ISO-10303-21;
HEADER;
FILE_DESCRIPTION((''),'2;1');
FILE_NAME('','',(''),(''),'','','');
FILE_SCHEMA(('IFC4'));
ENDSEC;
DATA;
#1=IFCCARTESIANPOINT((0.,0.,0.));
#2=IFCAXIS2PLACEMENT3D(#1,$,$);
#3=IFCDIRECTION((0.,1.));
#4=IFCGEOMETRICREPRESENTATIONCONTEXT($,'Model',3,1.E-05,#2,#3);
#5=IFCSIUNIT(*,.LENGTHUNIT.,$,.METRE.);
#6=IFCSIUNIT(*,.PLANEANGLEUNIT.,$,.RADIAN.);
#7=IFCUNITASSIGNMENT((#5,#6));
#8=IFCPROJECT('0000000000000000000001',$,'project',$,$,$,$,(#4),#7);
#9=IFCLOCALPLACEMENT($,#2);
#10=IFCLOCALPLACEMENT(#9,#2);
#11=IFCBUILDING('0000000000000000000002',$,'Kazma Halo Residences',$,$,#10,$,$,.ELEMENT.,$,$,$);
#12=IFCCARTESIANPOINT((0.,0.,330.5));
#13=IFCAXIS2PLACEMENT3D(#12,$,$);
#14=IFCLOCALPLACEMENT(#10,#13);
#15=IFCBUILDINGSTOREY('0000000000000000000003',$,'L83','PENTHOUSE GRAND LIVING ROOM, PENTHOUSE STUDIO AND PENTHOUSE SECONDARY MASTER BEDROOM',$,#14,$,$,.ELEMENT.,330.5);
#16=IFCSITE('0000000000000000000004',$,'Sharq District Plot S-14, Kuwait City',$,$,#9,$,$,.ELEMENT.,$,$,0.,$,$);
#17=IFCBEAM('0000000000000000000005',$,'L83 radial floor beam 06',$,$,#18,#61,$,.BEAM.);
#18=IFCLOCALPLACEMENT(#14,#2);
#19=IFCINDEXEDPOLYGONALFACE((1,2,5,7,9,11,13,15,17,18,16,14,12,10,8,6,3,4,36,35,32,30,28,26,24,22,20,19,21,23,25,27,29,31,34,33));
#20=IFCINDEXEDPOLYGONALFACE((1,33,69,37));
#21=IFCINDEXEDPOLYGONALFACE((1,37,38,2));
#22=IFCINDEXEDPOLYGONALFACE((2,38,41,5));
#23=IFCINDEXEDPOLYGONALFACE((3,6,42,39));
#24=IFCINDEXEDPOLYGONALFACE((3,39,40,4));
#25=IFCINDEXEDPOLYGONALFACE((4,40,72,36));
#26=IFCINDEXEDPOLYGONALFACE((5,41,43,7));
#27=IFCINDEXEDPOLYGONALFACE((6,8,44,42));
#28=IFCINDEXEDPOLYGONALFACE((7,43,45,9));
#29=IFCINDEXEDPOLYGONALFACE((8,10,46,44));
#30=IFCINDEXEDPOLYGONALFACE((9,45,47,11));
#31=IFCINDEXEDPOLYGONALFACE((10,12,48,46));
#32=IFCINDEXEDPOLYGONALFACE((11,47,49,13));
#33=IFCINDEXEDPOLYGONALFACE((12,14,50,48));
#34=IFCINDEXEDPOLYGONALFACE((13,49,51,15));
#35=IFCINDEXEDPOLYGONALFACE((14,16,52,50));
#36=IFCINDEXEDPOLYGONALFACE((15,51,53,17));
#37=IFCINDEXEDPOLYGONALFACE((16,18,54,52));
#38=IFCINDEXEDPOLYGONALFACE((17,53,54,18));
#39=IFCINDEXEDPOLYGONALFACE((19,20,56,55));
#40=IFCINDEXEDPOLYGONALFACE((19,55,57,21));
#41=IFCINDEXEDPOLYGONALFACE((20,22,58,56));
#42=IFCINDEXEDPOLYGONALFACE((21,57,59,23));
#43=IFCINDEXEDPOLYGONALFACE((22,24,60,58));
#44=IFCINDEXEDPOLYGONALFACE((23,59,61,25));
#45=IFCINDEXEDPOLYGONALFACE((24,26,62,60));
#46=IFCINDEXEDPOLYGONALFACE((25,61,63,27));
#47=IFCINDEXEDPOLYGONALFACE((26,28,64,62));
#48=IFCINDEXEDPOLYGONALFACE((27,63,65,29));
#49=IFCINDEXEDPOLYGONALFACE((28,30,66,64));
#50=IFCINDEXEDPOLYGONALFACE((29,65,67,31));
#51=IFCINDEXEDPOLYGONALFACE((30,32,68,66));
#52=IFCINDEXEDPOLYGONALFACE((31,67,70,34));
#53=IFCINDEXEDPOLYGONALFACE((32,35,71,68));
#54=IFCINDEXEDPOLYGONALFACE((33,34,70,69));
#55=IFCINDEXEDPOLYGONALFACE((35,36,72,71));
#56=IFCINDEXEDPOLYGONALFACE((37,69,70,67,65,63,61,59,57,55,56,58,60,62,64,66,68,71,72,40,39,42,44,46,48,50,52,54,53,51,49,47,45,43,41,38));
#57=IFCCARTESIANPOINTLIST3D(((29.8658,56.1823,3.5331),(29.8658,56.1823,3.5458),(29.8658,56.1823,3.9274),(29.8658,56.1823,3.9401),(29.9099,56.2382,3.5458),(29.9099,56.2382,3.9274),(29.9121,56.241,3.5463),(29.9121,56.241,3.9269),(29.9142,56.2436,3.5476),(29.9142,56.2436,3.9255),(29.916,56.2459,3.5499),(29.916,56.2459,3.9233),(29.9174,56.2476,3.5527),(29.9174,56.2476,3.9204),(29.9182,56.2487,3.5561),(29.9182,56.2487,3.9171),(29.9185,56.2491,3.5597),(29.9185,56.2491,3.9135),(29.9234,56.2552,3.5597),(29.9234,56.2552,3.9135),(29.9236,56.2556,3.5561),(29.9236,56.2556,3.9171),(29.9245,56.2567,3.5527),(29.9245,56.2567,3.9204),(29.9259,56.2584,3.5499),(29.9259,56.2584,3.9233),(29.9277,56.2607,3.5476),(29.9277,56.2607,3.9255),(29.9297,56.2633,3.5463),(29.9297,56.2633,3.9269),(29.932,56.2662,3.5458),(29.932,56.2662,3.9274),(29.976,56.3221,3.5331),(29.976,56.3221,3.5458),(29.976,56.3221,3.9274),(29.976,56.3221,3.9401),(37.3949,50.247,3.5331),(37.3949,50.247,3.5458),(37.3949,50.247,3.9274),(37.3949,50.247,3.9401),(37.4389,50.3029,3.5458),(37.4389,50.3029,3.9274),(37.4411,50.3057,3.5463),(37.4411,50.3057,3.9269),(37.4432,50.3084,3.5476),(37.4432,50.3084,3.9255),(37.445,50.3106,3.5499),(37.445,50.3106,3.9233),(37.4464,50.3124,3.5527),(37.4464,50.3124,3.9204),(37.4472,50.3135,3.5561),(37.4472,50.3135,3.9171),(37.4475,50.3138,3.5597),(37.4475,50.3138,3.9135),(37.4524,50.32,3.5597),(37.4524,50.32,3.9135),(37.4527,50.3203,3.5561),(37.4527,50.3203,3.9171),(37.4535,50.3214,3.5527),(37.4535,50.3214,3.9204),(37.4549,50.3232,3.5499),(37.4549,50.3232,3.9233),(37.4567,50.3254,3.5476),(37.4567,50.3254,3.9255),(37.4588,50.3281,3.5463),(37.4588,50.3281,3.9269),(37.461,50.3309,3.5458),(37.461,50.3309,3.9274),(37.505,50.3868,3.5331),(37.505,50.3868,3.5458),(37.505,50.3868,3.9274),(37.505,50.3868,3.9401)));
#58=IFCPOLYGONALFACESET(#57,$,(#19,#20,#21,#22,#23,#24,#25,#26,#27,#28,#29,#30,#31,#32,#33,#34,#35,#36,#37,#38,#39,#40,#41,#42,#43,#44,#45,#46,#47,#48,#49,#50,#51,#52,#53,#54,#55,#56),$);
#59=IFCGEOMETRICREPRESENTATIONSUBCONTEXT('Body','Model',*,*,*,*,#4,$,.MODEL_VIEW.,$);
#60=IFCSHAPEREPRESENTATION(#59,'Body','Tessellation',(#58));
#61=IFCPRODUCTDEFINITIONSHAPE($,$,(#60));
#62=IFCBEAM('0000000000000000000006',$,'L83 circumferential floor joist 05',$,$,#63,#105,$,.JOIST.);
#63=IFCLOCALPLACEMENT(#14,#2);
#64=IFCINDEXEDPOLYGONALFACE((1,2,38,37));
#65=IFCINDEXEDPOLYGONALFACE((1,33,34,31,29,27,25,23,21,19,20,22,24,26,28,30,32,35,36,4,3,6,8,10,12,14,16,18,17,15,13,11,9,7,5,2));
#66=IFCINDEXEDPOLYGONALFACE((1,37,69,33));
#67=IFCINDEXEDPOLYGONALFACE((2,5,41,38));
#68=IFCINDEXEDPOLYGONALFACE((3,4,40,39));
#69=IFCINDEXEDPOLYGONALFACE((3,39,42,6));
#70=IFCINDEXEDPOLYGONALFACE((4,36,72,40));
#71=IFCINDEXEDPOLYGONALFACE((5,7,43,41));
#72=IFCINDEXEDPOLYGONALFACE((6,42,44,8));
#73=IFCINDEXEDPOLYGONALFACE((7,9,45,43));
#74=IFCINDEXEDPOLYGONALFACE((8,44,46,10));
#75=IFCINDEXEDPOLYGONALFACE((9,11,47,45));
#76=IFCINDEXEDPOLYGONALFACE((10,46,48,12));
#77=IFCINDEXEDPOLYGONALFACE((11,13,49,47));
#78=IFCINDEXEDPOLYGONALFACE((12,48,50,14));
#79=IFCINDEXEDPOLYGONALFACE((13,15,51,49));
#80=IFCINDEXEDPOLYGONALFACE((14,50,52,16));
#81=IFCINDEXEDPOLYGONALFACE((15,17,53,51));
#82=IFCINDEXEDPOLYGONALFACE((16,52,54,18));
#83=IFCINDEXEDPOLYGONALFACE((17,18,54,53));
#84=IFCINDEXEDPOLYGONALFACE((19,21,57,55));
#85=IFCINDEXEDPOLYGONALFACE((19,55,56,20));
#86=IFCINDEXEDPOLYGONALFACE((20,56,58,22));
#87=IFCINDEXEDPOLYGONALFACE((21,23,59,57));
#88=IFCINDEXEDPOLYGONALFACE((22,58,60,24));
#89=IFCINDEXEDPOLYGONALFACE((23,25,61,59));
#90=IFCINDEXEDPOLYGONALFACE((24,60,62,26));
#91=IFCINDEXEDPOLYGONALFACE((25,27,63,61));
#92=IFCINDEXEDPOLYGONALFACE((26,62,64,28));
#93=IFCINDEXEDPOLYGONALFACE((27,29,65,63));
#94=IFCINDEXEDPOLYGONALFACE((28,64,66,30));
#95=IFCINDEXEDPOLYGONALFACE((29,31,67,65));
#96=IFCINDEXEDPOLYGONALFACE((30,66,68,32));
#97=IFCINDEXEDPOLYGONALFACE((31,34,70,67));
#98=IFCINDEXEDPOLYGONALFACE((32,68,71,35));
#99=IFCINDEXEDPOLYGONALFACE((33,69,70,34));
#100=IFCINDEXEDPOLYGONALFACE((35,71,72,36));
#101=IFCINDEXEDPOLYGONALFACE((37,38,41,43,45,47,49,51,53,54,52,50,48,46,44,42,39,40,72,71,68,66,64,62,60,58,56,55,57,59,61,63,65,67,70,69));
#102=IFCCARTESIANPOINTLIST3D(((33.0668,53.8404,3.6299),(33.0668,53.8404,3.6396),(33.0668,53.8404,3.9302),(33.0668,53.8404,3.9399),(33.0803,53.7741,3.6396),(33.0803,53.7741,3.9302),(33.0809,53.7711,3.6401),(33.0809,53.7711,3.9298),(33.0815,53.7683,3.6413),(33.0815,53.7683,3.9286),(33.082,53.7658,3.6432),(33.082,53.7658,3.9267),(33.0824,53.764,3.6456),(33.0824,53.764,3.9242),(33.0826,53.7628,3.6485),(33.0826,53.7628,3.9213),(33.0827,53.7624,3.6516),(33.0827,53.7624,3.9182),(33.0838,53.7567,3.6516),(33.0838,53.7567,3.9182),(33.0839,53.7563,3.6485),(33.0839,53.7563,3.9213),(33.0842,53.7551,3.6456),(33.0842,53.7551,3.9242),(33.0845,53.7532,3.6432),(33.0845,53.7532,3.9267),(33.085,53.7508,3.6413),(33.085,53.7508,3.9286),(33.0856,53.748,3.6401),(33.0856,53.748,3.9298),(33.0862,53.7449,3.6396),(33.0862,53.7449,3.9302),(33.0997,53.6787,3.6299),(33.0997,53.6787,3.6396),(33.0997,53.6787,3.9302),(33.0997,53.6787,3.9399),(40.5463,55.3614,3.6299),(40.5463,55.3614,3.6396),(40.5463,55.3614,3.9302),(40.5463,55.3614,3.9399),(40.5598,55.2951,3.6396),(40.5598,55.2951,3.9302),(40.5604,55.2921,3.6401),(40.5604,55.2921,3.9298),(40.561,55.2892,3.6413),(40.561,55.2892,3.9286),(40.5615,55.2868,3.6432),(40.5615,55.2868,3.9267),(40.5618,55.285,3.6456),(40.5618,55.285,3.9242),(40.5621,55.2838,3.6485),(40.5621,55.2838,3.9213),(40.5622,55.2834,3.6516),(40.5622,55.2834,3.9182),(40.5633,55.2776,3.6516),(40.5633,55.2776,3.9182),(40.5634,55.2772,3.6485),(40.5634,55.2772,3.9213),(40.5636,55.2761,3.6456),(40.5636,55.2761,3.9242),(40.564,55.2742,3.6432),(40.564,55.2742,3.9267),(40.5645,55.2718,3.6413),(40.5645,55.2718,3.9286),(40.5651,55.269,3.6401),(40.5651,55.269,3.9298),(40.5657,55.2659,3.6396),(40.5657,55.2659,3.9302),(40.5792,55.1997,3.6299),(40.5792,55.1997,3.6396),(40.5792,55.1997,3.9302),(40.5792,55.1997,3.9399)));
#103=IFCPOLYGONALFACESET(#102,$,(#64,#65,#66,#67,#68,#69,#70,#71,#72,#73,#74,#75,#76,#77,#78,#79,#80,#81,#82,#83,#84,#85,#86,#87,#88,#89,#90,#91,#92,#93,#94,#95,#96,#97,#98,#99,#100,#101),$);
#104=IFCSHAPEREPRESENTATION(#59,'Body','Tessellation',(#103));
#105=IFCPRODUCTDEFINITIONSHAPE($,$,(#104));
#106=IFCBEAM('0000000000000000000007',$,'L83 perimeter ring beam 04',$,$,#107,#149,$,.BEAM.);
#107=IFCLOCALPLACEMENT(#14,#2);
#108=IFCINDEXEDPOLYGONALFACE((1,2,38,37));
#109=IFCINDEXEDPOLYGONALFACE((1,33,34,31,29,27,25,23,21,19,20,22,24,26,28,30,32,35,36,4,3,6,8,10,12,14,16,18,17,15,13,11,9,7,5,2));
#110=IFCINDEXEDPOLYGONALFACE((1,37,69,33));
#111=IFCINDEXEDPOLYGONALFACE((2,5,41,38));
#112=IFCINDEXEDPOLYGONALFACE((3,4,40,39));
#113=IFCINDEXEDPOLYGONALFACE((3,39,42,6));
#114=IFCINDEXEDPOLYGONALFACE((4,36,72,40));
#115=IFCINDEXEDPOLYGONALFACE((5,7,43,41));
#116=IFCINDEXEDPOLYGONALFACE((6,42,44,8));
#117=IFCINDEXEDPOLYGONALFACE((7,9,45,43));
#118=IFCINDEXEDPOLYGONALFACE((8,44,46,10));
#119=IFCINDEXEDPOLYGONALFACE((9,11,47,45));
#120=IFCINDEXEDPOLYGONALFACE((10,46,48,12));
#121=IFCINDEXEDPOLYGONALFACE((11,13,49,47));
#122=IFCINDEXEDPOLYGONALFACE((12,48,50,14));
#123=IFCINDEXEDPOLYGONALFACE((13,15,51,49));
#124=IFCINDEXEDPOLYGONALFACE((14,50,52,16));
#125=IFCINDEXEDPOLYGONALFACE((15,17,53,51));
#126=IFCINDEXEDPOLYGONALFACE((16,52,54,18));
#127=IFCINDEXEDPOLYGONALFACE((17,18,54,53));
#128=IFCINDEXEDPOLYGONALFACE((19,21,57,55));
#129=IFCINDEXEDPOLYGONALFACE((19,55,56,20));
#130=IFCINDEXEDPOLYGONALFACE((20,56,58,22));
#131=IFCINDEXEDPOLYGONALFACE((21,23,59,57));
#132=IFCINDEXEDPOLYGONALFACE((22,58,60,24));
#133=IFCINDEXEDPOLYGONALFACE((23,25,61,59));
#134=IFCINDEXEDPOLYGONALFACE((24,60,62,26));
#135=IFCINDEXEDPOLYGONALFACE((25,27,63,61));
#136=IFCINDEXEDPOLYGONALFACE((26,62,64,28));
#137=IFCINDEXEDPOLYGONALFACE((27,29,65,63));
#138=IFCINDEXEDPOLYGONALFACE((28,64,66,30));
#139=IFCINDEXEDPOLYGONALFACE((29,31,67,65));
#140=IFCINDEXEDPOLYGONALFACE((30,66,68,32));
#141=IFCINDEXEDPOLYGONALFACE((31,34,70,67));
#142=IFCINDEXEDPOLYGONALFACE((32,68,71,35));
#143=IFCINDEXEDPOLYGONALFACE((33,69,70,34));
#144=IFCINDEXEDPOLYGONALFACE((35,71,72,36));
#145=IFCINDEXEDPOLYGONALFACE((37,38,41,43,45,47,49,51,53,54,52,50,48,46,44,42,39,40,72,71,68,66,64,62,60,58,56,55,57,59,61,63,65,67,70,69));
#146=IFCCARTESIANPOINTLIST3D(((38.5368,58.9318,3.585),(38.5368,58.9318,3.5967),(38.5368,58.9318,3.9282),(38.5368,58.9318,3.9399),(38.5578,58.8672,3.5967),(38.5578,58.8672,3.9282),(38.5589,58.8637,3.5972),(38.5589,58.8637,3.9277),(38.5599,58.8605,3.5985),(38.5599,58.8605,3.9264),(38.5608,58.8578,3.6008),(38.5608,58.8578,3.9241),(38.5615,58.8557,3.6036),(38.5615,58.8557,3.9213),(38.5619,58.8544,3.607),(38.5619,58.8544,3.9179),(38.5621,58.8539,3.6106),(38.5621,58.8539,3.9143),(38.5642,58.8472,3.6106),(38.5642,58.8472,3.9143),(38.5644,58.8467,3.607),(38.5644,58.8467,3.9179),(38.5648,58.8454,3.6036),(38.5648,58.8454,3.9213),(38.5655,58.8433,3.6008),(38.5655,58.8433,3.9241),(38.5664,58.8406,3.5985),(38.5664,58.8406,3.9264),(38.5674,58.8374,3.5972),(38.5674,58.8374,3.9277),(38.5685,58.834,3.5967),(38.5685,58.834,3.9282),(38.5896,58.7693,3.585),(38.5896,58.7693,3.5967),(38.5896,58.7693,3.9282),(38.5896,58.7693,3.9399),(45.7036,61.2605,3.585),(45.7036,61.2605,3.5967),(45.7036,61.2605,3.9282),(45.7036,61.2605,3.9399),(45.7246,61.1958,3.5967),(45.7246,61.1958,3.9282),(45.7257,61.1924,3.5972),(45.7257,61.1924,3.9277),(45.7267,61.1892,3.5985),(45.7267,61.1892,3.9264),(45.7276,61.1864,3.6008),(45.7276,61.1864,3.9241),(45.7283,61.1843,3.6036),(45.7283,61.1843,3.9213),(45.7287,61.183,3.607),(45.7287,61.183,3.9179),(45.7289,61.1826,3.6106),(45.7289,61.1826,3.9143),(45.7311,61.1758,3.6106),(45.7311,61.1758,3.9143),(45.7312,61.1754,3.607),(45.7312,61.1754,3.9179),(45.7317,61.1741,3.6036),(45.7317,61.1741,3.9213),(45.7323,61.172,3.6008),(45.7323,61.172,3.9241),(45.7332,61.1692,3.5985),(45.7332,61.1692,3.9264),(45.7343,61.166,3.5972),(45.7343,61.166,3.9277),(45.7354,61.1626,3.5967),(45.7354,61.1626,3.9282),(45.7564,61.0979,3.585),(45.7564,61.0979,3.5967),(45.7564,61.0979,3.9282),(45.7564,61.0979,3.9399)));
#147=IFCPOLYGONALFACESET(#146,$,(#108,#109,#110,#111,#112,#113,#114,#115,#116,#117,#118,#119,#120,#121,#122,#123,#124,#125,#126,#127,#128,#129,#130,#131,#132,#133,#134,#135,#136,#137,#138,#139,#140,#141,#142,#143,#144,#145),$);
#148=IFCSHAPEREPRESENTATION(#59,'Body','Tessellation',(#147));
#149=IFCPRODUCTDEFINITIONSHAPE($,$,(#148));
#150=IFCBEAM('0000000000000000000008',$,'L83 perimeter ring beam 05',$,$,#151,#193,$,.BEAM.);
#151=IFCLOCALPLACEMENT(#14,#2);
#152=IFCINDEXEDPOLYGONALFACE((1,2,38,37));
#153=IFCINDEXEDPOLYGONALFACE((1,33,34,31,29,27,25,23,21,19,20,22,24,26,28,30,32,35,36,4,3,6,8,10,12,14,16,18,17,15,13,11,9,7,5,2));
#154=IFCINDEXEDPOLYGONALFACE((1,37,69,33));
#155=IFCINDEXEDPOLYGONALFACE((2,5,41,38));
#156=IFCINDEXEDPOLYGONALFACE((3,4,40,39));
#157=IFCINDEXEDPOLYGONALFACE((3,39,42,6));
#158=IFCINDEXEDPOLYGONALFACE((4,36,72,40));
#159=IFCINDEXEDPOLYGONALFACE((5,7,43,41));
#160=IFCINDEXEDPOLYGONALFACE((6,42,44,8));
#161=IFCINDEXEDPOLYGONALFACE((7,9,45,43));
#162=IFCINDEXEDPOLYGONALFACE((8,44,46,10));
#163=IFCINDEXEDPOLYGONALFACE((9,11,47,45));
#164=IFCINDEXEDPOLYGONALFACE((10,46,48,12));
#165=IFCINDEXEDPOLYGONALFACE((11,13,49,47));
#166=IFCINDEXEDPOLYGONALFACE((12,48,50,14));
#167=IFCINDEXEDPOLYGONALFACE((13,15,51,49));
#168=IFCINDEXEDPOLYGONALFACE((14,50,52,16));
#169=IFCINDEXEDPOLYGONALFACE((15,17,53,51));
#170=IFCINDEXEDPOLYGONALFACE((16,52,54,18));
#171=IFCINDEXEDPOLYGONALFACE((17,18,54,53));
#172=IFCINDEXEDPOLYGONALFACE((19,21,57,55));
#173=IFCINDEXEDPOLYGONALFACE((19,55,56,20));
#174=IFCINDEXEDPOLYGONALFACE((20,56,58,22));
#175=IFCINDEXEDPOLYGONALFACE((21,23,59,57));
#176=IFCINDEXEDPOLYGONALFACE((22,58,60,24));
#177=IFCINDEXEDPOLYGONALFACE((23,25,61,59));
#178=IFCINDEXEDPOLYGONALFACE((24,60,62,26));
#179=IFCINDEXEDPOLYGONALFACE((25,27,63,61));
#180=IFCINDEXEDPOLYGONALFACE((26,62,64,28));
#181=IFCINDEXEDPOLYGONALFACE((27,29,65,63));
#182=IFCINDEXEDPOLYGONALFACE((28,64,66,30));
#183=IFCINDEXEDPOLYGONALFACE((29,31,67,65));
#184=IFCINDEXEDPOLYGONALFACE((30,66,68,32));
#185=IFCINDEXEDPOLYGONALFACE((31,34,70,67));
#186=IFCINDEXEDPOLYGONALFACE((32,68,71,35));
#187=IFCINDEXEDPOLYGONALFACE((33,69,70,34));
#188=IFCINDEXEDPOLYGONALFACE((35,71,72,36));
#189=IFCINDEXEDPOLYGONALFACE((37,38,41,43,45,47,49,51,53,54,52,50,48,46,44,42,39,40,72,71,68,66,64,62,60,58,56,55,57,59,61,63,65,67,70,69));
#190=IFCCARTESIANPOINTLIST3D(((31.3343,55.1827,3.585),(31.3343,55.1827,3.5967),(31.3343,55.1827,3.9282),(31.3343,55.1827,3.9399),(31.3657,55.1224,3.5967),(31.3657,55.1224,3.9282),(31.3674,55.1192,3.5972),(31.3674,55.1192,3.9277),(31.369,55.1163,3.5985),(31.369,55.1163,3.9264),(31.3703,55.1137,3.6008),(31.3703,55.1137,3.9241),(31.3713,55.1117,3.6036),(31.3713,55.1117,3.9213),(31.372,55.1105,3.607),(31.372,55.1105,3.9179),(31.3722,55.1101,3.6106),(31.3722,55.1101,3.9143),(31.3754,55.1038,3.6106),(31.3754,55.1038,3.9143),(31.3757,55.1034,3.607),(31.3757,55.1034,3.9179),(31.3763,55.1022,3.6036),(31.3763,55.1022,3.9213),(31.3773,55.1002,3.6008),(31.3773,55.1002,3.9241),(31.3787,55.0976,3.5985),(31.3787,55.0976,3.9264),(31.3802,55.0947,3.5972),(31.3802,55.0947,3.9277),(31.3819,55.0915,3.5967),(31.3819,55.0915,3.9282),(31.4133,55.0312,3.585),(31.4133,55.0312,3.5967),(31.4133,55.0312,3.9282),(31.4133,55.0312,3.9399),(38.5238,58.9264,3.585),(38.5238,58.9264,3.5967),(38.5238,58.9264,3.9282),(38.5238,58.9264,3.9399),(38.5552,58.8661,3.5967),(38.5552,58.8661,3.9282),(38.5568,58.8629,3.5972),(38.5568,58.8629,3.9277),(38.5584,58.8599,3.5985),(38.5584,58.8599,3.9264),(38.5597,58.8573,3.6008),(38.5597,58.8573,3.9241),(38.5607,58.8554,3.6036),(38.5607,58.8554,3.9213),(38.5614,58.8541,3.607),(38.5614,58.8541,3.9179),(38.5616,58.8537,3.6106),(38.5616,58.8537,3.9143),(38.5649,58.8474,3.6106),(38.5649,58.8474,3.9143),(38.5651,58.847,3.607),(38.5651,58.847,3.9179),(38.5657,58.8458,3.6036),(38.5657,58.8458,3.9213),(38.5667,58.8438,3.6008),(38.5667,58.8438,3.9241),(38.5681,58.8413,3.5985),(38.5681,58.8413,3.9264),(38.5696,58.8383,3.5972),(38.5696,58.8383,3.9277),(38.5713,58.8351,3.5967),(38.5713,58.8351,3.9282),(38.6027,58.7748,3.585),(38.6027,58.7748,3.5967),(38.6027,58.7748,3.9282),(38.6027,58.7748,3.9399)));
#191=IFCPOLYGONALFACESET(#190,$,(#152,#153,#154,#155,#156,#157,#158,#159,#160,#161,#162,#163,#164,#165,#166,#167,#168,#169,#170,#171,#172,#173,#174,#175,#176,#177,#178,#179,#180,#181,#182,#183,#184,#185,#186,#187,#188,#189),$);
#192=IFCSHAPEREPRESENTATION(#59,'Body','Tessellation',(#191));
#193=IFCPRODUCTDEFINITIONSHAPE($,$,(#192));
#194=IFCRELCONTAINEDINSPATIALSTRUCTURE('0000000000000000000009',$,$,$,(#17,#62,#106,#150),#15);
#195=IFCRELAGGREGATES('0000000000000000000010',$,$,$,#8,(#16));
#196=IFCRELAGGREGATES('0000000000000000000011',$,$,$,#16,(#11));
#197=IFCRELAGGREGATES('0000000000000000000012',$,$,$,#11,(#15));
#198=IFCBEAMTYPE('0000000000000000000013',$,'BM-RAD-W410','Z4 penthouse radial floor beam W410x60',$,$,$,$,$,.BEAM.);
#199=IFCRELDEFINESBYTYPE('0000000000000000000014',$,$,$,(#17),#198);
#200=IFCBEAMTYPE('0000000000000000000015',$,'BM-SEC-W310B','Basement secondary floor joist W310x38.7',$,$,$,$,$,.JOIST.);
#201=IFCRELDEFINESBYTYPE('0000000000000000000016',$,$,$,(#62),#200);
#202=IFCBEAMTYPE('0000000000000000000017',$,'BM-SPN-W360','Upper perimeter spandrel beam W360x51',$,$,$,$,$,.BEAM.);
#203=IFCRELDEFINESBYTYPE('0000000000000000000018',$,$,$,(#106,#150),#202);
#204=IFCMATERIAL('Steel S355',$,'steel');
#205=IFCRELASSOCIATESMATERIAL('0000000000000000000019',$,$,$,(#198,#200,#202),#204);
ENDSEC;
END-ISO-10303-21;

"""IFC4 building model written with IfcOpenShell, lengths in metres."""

from ifc_helpers import new_model, si_unit, direction, frame, origin, origin_2d, place, context, subcontext, project, spatial, i_section, extrude, material, material_profile, profile_set, type_object, element, save


model = new_model("IFC4")

# Units and contexts
model_context = context("Model", 3, precision=1e-05, world=origin(), true_north=direction((0.0, 1.0)))
body_context = subcontext(model_context, "Body", "Model", "MODEL_VIEW")
ifc_project = project(units=[si_unit("LENGTHUNIT", "METRE"), si_unit("PLANEANGLEUNIT", "RADIAN")], contexts=[model_context])

# Site, building, storey
site_placement = place(None, origin())
site = spatial("IfcSite", under=ifc_project, at=site_placement, Name="Sharq District Plot S-14, Kuwait City", CompositionType="ELEMENT", RefElevation=0.0)
building_placement = place(site_placement, origin())
building = spatial("IfcBuilding", under=site, at=building_placement, Name="Kazma Halo Residences", CompositionType="ELEMENT")
storey_placement = place(building_placement, frame((0.0, 0.0, 330.5)))
storey = spatial("IfcBuildingStorey", under=building, at=storey_placement, Name="L83", Description="PENTHOUSE GRAND LIVING ROOM, PENTHOUSE STUDIO AND PENTHOUSE SECONDARY MASTER BEDROOM", CompositionType="ELEMENT", Elevation=330.5)

# Beams
ifc_material_1 = material(Name="Steel S355", Category="steel")
ifc_material_profile_1 = material_profile(ifc_material_1, i_section(OverallWidth=0.178, OverallDepth=0.407, WebThickness=0.0078, FlangeThickness=0.0127, FilletRadius=0.0139, at=origin_2d()), Name="W410x60")
ifc_profile_set_1 = profile_set([ifc_material_profile_1], Name="Steel S355")
beam_type_1 = type_object("IfcBeamType", Name="BM-RAD-W410", Description="Z4 penthouse radial floor beam W410x60", PredefinedType="BEAM", material=ifc_profile_set_1)
beam_1_placement = place(storey_placement, frame((37.45, 50.3169, 3.7366), z_axis=(-0.785323, 0.619086, 0.0), x_axis=(-0.619086, -0.785323, 0.0)))
element("IfcBeam", 1, at=beam_1_placement, inside=storey, type_object=beam_type_1, Name="L83 radial floor beam 06", PredefinedType="BEAM", context=body_context, shape_type="SweptSolid", body=[
    extrude(i_section(OverallWidth=0.178, OverallDepth=0.407, WebThickness=0.0078, FlangeThickness=0.0127, FilletRadius=0.0139, at=origin_2d()), origin(), (0.0, 0.0, 1.0), 9.5872),
])
ifc_material_profile_2 = material_profile(ifc_material_1, i_section(OverallWidth=0.165, OverallDepth=0.3101, WebThickness=0.0059, FlangeThickness=0.0098, FilletRadius=0.012, at=origin_2d()), Name="W310x38.7")
ifc_profile_set_2 = profile_set([ifc_material_profile_2], Name="Steel S355")
beam_type_2 = type_object("IfcBeamType", Name="BM-SEC-W310B", Description="Basement secondary floor joist W310x38.7", PredefinedType="JOIST", material=ifc_profile_set_2)
beam_2_placement = place(storey_placement, frame((40.5627, 55.2805, 3.7849), z_axis=(-0.979943, -0.199277, 0.0), x_axis=(0.199277, -0.979943, 0.0)))
element("IfcBeam", 2, at=beam_2_placement, inside=storey, type_object=beam_type_2, Name="L83 circumferential floor joist 05", PredefinedType="JOIST", context=body_context, shape_type="SweptSolid", body=[
    extrude(i_section(OverallWidth=0.165, OverallDepth=0.3101, WebThickness=0.0059, FlangeThickness=0.0098, FilletRadius=0.012, at=origin_2d()), origin(), (0.0, 0.0, 1.0), 7.6326),
])
ifc_material_profile_3 = material_profile(ifc_material_1, i_section(OverallWidth=0.1709, OverallDepth=0.355, WebThickness=0.0071, FlangeThickness=0.0117, FilletRadius=0.0139, at=origin_2d()), Name="W360x51")
ifc_profile_set_3 = profile_set([ifc_material_profile_3], Name="Steel S355")
beam_type_3 = type_object("IfcBeamType", Name="BM-SPN-W360", Description="Upper perimeter spandrel beam W360x51", PredefinedType="BEAM", material=ifc_profile_set_3)
beam_3_placement = place(storey_placement, frame((45.73, 61.1792, 3.7625), z_axis=(-0.951057, -0.309016, 0.0), x_axis=(0.309016, -0.951057, 0.0)))
element("IfcBeam", 3, at=beam_3_placement, inside=storey, type_object=beam_type_3, Name="L83 perimeter ring beam 04", PredefinedType="BEAM", context=body_context, shape_type="SweptSolid", body=[
    extrude(i_section(OverallWidth=0.1709, OverallDepth=0.355, WebThickness=0.0071, FlangeThickness=0.0117, FilletRadius=0.0139, at=origin_2d()), origin(), (0.0, 0.0, 1.0), 7.5356),
])
beam_4_placement = place(storey_placement, frame((38.5632, 58.8506, 3.7625), z_axis=(-0.886957, -0.461851, 0.0), x_axis=(0.461851, -0.886957, 0.0)))
element("IfcBeam", 4, at=beam_4_placement, inside=storey, type_object=beam_type_3, Name="L83 perimeter ring beam 05", PredefinedType="BEAM", context=body_context, shape_type="SweptSolid", body=[
    extrude(i_section(OverallWidth=0.1709, OverallDepth=0.355, WebThickness=0.0071, FlangeThickness=0.0117, FilletRadius=0.0139, at=origin_2d()), origin(), (0.0, 0.0, 1.0), 8.1057),
])

save(model, "model.ifc")
